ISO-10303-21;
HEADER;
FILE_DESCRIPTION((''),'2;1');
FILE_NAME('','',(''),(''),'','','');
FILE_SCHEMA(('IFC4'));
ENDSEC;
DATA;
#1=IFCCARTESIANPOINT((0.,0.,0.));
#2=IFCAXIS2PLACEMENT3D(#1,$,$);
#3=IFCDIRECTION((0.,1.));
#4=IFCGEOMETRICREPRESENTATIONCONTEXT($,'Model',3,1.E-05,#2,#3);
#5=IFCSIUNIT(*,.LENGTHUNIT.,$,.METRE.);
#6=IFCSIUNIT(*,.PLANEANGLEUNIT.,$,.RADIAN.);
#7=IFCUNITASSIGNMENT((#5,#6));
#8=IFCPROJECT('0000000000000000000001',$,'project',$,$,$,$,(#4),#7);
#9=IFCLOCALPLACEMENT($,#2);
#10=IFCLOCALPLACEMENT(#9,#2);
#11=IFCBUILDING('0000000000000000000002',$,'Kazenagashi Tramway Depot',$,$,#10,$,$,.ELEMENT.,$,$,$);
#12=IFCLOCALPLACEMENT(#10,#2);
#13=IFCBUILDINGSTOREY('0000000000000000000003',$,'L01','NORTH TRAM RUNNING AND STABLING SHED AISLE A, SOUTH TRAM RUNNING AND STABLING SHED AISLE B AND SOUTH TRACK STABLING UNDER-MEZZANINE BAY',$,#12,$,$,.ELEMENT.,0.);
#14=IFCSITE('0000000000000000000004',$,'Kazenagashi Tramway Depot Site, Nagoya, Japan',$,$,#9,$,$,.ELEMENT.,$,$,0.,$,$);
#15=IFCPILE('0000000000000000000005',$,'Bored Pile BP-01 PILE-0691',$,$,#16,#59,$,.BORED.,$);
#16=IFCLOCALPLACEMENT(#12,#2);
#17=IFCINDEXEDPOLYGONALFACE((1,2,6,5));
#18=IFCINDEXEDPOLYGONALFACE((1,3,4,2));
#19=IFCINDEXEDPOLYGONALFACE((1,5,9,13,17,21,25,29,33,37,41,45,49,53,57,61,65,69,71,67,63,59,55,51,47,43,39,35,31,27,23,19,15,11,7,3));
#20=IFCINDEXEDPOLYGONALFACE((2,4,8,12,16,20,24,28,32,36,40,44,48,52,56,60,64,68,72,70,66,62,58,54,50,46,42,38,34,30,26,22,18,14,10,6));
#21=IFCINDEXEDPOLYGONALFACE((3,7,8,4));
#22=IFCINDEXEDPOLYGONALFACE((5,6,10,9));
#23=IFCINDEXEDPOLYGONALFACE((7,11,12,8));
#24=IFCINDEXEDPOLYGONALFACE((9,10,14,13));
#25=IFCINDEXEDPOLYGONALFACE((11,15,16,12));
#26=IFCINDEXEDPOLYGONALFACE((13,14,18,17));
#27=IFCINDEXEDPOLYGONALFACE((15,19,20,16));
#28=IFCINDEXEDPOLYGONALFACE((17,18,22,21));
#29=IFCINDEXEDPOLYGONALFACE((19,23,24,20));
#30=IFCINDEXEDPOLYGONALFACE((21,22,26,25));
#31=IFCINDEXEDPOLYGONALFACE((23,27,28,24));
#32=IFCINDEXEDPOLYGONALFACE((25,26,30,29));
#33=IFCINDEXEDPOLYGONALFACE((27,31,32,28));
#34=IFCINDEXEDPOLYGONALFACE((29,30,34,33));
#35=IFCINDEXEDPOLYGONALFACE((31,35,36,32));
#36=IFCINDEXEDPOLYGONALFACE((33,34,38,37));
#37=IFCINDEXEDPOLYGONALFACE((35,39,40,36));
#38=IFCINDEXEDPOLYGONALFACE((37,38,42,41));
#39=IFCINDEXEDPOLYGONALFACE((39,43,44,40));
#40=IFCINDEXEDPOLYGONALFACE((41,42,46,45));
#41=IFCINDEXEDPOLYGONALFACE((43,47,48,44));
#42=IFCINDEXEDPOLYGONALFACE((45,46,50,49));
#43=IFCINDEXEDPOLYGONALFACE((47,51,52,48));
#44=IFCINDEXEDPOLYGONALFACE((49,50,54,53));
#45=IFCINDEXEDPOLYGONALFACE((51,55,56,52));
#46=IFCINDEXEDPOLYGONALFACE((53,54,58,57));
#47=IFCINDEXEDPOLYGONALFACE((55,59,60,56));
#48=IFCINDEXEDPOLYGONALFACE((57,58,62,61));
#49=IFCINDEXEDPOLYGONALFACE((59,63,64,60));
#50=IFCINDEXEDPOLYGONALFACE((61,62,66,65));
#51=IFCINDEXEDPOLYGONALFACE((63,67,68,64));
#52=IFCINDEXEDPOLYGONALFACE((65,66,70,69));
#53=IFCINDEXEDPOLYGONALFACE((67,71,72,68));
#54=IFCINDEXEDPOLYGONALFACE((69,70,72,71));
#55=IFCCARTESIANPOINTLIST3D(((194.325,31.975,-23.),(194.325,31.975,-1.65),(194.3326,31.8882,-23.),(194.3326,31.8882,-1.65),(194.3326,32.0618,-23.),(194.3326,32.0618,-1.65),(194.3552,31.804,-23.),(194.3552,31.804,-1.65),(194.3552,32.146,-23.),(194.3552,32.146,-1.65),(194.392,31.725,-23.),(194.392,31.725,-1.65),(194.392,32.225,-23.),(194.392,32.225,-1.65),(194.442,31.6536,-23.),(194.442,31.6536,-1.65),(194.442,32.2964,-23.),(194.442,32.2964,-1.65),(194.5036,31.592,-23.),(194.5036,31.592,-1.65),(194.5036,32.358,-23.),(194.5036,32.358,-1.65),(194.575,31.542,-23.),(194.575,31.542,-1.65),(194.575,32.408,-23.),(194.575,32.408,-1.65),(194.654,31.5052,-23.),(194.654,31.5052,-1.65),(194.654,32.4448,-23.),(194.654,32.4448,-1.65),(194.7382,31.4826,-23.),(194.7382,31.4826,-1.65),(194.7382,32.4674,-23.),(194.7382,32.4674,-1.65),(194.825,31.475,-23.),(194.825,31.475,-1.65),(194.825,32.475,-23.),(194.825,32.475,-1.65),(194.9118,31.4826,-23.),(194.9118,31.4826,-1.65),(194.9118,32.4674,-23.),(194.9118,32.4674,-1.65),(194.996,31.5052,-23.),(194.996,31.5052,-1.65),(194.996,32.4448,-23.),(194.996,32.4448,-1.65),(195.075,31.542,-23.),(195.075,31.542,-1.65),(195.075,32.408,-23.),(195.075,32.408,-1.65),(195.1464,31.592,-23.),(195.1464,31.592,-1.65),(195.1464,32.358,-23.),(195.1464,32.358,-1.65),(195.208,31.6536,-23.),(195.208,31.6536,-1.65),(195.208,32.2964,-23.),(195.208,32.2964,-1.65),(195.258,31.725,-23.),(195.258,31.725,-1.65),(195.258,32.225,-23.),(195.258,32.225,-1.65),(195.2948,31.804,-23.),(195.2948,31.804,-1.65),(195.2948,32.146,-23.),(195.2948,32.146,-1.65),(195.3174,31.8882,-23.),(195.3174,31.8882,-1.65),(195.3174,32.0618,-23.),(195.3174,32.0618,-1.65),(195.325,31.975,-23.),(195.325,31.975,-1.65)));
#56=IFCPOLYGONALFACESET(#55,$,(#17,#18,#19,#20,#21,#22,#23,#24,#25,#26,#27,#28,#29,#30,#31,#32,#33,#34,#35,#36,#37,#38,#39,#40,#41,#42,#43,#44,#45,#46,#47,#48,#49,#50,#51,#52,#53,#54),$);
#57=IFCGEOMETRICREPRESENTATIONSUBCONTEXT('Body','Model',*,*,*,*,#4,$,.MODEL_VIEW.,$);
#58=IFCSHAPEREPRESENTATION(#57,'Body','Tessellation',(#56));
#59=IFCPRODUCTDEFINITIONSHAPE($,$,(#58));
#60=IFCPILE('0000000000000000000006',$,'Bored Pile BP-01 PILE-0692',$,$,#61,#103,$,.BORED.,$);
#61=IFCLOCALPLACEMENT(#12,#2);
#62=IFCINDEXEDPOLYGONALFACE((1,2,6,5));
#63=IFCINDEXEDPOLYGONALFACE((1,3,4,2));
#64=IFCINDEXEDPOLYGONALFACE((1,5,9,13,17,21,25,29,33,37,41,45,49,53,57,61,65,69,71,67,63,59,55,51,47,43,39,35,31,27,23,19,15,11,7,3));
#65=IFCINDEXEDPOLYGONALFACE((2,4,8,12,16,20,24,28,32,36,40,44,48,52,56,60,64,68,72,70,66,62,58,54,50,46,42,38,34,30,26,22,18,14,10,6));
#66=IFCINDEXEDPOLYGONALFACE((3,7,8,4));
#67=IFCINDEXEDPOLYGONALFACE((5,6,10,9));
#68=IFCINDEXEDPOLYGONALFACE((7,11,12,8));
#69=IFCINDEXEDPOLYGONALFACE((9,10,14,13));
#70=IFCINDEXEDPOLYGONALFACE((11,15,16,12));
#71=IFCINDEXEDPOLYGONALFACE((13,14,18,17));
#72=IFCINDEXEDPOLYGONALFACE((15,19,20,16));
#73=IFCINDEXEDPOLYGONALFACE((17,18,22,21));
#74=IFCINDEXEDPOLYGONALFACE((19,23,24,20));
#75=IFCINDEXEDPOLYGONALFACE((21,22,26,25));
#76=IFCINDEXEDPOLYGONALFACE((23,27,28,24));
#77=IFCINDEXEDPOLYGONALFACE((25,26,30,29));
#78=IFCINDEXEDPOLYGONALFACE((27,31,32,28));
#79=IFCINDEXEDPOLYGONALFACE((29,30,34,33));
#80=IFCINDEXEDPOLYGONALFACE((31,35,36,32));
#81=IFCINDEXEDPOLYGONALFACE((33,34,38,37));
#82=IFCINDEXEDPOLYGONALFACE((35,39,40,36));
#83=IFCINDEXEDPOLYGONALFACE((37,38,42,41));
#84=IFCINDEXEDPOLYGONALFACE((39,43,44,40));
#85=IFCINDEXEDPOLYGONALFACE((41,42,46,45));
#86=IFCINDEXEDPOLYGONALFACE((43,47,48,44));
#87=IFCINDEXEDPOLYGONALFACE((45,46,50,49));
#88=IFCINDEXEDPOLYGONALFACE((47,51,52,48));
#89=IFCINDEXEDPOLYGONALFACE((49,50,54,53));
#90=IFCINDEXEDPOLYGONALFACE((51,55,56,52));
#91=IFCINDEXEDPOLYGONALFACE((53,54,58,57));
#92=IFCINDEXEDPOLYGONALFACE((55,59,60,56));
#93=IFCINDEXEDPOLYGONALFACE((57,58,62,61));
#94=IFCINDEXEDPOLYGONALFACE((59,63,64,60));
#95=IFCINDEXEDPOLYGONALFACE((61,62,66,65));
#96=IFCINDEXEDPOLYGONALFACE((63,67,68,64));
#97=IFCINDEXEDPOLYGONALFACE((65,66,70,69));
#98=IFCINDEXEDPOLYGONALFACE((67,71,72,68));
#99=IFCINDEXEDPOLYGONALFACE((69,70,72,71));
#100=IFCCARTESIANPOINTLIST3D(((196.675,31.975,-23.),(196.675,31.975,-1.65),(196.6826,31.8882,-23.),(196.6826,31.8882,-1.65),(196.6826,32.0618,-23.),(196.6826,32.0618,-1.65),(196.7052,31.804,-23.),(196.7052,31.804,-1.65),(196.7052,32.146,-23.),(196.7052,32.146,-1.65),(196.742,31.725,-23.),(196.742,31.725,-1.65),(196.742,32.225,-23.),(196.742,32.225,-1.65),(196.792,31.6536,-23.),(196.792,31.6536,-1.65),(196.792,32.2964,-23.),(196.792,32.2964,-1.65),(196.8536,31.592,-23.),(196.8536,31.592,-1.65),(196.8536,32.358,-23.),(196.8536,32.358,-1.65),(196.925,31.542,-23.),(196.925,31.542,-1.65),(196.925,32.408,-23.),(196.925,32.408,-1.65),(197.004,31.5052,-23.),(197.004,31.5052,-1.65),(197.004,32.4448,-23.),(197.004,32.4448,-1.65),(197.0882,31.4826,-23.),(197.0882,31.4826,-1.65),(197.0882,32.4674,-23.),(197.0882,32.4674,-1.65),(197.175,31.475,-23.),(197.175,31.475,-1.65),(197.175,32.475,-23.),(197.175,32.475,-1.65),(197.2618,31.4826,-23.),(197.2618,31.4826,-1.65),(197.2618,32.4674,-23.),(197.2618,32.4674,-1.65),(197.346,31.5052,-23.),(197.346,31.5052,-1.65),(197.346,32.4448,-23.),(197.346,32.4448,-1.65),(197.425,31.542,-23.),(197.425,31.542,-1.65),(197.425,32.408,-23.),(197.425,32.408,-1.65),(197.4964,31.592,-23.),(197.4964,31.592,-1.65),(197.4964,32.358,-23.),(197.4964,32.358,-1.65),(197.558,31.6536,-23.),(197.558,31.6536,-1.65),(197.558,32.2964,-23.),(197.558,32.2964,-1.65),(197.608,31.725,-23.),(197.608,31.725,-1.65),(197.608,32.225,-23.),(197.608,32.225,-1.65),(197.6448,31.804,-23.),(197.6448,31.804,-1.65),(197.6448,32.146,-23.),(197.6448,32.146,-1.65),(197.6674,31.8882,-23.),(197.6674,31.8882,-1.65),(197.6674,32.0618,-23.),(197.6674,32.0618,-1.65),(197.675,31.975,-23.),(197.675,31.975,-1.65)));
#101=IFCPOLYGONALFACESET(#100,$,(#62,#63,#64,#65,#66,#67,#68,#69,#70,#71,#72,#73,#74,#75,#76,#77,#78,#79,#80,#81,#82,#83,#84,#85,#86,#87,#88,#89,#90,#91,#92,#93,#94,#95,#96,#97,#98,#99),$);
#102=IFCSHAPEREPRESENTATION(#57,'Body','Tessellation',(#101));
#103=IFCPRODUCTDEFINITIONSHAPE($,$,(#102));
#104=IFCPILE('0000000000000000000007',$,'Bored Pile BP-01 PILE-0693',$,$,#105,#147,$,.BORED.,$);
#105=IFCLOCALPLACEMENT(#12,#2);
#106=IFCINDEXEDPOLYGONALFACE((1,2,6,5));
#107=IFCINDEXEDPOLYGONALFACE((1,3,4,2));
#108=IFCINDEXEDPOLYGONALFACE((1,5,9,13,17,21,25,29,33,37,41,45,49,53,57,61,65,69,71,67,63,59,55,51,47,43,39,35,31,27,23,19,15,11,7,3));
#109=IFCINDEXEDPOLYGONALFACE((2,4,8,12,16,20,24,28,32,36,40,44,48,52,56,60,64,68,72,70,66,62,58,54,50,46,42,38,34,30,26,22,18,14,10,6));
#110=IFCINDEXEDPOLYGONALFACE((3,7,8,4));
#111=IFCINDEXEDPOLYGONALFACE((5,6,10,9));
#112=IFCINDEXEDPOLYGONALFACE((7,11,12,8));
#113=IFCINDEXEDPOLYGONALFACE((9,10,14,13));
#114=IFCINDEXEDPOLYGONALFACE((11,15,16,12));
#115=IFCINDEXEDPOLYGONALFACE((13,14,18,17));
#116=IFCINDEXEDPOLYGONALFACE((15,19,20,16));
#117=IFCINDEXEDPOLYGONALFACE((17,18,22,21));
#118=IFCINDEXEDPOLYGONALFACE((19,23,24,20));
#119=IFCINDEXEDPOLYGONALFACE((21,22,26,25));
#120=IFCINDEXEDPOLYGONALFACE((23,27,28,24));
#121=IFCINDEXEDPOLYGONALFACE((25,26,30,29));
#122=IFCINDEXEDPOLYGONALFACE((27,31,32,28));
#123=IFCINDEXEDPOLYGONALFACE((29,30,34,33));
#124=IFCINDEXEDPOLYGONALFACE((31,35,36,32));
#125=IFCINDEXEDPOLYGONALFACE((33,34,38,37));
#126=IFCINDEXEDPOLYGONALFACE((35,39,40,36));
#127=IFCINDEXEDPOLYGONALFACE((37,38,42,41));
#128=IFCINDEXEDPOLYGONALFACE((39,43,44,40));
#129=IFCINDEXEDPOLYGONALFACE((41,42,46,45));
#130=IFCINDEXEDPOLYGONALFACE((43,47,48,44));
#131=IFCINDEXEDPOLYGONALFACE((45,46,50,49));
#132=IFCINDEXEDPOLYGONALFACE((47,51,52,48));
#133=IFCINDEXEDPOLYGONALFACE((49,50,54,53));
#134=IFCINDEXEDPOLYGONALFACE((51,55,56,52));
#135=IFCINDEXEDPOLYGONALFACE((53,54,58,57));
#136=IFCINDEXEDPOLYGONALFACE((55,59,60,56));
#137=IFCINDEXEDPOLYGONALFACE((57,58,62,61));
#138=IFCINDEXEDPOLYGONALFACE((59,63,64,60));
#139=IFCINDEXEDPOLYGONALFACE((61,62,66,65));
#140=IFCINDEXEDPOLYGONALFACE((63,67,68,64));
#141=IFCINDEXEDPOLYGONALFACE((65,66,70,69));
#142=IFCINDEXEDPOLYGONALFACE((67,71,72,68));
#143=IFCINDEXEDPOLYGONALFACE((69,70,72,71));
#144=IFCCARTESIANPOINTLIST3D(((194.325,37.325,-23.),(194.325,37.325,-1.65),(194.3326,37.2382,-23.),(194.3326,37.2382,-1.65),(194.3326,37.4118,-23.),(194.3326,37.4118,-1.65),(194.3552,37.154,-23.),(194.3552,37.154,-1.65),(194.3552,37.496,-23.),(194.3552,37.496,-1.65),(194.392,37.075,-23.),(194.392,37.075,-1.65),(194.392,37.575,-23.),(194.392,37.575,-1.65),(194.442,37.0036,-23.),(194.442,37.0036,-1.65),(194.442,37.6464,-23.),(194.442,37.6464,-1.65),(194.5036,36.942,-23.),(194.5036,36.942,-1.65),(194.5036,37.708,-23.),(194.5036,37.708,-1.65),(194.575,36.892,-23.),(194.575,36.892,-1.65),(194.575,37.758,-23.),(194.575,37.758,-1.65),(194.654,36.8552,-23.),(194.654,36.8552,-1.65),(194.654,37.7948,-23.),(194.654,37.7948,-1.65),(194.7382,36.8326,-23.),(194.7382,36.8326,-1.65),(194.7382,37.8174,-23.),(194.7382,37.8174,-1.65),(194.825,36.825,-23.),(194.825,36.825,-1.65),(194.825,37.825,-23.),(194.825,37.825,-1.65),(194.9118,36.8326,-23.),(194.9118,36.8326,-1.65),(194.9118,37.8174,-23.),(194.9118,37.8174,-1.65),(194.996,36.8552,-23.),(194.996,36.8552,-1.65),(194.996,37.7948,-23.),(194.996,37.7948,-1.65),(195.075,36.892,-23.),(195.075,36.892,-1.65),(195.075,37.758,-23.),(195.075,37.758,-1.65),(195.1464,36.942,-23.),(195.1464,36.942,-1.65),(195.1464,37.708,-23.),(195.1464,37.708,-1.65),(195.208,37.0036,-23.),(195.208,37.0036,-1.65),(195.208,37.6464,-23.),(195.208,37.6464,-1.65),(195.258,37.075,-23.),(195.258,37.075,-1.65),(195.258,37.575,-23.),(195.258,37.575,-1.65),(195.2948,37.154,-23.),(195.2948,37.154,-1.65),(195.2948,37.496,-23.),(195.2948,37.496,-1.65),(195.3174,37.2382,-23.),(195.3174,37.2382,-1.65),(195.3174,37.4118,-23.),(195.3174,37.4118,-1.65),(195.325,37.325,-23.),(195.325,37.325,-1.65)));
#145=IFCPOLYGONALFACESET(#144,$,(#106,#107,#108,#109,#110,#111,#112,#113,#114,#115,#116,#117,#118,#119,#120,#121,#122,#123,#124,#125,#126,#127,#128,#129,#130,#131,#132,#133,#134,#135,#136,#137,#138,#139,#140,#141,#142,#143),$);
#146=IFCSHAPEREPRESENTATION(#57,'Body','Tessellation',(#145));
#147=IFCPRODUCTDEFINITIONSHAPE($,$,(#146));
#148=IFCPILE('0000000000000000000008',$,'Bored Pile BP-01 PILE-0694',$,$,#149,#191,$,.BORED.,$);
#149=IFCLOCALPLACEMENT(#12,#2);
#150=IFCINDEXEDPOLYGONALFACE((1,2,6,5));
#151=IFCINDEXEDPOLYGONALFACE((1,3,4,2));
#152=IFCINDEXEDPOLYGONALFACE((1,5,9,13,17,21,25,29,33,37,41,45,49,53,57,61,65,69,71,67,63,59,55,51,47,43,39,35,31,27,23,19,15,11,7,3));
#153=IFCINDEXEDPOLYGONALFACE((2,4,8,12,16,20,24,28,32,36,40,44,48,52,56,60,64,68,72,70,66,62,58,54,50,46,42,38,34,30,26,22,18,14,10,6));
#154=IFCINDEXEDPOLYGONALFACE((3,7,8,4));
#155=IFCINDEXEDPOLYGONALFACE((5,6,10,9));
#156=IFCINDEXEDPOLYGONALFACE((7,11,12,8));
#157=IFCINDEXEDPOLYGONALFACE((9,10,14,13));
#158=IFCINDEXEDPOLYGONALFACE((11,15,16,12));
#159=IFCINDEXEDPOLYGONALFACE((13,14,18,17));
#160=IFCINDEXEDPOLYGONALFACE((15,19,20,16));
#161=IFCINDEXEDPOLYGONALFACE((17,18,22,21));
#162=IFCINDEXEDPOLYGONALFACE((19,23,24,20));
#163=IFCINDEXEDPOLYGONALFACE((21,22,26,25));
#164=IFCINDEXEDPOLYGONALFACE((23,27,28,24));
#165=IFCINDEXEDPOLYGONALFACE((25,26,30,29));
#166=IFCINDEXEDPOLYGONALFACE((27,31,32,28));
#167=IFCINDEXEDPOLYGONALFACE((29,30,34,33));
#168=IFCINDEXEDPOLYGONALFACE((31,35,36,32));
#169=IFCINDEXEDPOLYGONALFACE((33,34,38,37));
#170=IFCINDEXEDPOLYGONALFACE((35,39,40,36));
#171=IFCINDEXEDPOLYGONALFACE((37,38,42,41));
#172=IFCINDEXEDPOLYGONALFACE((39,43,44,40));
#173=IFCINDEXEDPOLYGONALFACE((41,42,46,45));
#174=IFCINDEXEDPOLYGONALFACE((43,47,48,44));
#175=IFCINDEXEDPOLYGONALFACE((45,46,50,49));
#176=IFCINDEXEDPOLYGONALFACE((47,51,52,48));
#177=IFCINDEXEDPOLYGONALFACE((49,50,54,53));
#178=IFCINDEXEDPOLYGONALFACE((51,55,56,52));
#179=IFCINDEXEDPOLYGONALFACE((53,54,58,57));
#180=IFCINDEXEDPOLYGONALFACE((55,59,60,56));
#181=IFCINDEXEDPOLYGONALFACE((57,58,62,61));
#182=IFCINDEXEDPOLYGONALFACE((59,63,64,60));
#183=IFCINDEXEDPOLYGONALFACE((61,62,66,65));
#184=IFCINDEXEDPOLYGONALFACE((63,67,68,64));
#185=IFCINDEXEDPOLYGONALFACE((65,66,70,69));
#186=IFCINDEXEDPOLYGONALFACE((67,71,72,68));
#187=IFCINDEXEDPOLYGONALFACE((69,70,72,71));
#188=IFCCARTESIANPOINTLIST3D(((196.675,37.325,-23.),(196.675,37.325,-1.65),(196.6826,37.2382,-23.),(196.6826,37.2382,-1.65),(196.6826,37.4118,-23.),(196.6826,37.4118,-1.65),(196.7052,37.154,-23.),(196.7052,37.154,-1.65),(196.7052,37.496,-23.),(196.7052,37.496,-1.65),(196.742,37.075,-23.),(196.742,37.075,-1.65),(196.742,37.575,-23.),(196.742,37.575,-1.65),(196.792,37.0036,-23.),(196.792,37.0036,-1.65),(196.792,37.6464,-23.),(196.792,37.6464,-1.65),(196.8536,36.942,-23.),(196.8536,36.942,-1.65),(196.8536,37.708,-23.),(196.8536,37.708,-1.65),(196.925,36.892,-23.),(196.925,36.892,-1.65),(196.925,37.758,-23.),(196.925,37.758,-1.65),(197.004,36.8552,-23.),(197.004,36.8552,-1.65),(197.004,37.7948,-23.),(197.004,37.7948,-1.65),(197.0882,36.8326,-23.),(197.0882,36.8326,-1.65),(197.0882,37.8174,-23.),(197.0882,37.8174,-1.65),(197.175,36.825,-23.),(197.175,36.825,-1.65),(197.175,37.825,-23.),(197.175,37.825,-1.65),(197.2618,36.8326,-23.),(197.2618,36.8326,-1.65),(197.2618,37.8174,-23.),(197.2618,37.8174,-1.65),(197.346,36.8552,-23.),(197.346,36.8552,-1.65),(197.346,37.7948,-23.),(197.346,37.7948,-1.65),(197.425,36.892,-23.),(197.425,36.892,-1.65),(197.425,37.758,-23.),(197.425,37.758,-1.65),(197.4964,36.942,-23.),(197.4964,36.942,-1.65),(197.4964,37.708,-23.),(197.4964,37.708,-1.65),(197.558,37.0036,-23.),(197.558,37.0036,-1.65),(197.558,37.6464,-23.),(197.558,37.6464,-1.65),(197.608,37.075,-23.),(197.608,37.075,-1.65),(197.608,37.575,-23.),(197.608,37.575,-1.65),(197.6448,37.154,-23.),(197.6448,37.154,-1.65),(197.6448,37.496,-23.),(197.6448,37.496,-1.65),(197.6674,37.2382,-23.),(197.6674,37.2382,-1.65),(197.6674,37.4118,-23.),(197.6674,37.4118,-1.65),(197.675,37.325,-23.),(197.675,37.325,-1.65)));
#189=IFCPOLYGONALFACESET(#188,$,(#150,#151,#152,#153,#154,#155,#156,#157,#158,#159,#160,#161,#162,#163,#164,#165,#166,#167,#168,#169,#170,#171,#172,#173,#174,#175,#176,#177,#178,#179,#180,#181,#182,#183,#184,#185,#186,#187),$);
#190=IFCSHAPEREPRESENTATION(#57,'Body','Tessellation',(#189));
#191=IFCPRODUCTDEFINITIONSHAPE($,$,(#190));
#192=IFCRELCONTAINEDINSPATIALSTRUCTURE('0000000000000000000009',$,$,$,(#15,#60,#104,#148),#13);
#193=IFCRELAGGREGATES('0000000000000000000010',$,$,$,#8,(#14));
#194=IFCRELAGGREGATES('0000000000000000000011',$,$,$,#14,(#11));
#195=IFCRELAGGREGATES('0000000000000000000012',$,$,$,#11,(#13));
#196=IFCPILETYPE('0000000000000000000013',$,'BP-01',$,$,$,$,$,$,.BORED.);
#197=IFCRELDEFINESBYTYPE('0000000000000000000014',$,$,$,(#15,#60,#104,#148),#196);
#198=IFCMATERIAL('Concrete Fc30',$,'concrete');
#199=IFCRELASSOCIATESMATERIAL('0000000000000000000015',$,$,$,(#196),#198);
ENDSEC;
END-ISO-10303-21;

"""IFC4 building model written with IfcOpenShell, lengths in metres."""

from ifc_helpers import new_model, si_unit, direction, frame, origin, origin_2d, place, context, subcontext, project, spatial, circle, extrude, material, material_profile, profile_set, type_object, element, save


model = new_model("IFC4")

# Units and contexts
model_context = context("Model", 3, precision=1e-05, world=origin(), true_north=direction((0.0, 1.0)))
body_context = subcontext(model_context, "Body", "Model", "MODEL_VIEW")
ifc_project = project(units=[si_unit("LENGTHUNIT", "METRE"), si_unit("PLANEANGLEUNIT", "RADIAN")], contexts=[model_context])

# Site, building, storey
site_placement = place(None, origin())
site = spatial("IfcSite", under=ifc_project, at=site_placement, Name="Kazenagashi Tramway Depot Site, Nagoya, Japan", CompositionType="ELEMENT", RefElevation=0.0)
building_placement = place(site_placement, origin())
building = spatial("IfcBuilding", under=site, at=building_placement, Name="Kazenagashi Tramway Depot", CompositionType="ELEMENT")
storey_placement = place(building_placement, origin())
storey = spatial("IfcBuildingStorey", under=building, at=storey_placement, Name="L01", Description="NORTH TRAM RUNNING AND STABLING SHED AISLE A, SOUTH TRAM RUNNING AND STABLING SHED AISLE B AND SOUTH TRACK STABLING UNDER-MEZZANINE BAY", CompositionType="ELEMENT", Elevation=0.0)

# Piles
ifc_material_1 = material(Name="Concrete Fc30", Category="concrete")
ifc_material_profile_1 = material_profile(ifc_material_1, circle(Radius=0.5, at=origin_2d()), Name="PILE-1000")
ifc_profile_set_1 = profile_set([ifc_material_profile_1], Name="Concrete Fc30")
pile_type = type_object("IfcPileType", Name="BP-01", PredefinedType="BORED", material=ifc_profile_set_1)
for number, where, z_axis, x_axis, name in (
    (1, (194.825, 31.975, -1.65), (0.0, 0.0, -1.0), (1.0, 0.0, 0.0), "Bored Pile BP-01 PILE-0691"),
    (2, (197.175, 31.975, -1.65), (0.0, 0.0, -1.0), (1.0, 0.0, 0.0), "Bored Pile BP-01 PILE-0692"),
    (3, (194.825, 37.325, -1.65), (0.0, 0.0, -1.0), (1.0, 0.0, 0.0), "Bored Pile BP-01 PILE-0693"),
    (4, (197.175, 37.325, -1.65), (0.0, 0.0, -1.0), (1.0, 0.0, 0.0), "Bored Pile BP-01 PILE-0694"),
):
    element("IfcPile", number, at=place(storey_placement, frame(where, z_axis=z_axis, x_axis=x_axis)), inside=storey, type_object=pile_type, Name=name, PredefinedType="BORED", context=body_context, shape_type="SweptSolid", body=[
        extrude(circle(Radius=0.5, at=origin_2d()), origin(), (0.0, 0.0, 1.0), 21.35),
    ])

save(model, "model.ifc")
